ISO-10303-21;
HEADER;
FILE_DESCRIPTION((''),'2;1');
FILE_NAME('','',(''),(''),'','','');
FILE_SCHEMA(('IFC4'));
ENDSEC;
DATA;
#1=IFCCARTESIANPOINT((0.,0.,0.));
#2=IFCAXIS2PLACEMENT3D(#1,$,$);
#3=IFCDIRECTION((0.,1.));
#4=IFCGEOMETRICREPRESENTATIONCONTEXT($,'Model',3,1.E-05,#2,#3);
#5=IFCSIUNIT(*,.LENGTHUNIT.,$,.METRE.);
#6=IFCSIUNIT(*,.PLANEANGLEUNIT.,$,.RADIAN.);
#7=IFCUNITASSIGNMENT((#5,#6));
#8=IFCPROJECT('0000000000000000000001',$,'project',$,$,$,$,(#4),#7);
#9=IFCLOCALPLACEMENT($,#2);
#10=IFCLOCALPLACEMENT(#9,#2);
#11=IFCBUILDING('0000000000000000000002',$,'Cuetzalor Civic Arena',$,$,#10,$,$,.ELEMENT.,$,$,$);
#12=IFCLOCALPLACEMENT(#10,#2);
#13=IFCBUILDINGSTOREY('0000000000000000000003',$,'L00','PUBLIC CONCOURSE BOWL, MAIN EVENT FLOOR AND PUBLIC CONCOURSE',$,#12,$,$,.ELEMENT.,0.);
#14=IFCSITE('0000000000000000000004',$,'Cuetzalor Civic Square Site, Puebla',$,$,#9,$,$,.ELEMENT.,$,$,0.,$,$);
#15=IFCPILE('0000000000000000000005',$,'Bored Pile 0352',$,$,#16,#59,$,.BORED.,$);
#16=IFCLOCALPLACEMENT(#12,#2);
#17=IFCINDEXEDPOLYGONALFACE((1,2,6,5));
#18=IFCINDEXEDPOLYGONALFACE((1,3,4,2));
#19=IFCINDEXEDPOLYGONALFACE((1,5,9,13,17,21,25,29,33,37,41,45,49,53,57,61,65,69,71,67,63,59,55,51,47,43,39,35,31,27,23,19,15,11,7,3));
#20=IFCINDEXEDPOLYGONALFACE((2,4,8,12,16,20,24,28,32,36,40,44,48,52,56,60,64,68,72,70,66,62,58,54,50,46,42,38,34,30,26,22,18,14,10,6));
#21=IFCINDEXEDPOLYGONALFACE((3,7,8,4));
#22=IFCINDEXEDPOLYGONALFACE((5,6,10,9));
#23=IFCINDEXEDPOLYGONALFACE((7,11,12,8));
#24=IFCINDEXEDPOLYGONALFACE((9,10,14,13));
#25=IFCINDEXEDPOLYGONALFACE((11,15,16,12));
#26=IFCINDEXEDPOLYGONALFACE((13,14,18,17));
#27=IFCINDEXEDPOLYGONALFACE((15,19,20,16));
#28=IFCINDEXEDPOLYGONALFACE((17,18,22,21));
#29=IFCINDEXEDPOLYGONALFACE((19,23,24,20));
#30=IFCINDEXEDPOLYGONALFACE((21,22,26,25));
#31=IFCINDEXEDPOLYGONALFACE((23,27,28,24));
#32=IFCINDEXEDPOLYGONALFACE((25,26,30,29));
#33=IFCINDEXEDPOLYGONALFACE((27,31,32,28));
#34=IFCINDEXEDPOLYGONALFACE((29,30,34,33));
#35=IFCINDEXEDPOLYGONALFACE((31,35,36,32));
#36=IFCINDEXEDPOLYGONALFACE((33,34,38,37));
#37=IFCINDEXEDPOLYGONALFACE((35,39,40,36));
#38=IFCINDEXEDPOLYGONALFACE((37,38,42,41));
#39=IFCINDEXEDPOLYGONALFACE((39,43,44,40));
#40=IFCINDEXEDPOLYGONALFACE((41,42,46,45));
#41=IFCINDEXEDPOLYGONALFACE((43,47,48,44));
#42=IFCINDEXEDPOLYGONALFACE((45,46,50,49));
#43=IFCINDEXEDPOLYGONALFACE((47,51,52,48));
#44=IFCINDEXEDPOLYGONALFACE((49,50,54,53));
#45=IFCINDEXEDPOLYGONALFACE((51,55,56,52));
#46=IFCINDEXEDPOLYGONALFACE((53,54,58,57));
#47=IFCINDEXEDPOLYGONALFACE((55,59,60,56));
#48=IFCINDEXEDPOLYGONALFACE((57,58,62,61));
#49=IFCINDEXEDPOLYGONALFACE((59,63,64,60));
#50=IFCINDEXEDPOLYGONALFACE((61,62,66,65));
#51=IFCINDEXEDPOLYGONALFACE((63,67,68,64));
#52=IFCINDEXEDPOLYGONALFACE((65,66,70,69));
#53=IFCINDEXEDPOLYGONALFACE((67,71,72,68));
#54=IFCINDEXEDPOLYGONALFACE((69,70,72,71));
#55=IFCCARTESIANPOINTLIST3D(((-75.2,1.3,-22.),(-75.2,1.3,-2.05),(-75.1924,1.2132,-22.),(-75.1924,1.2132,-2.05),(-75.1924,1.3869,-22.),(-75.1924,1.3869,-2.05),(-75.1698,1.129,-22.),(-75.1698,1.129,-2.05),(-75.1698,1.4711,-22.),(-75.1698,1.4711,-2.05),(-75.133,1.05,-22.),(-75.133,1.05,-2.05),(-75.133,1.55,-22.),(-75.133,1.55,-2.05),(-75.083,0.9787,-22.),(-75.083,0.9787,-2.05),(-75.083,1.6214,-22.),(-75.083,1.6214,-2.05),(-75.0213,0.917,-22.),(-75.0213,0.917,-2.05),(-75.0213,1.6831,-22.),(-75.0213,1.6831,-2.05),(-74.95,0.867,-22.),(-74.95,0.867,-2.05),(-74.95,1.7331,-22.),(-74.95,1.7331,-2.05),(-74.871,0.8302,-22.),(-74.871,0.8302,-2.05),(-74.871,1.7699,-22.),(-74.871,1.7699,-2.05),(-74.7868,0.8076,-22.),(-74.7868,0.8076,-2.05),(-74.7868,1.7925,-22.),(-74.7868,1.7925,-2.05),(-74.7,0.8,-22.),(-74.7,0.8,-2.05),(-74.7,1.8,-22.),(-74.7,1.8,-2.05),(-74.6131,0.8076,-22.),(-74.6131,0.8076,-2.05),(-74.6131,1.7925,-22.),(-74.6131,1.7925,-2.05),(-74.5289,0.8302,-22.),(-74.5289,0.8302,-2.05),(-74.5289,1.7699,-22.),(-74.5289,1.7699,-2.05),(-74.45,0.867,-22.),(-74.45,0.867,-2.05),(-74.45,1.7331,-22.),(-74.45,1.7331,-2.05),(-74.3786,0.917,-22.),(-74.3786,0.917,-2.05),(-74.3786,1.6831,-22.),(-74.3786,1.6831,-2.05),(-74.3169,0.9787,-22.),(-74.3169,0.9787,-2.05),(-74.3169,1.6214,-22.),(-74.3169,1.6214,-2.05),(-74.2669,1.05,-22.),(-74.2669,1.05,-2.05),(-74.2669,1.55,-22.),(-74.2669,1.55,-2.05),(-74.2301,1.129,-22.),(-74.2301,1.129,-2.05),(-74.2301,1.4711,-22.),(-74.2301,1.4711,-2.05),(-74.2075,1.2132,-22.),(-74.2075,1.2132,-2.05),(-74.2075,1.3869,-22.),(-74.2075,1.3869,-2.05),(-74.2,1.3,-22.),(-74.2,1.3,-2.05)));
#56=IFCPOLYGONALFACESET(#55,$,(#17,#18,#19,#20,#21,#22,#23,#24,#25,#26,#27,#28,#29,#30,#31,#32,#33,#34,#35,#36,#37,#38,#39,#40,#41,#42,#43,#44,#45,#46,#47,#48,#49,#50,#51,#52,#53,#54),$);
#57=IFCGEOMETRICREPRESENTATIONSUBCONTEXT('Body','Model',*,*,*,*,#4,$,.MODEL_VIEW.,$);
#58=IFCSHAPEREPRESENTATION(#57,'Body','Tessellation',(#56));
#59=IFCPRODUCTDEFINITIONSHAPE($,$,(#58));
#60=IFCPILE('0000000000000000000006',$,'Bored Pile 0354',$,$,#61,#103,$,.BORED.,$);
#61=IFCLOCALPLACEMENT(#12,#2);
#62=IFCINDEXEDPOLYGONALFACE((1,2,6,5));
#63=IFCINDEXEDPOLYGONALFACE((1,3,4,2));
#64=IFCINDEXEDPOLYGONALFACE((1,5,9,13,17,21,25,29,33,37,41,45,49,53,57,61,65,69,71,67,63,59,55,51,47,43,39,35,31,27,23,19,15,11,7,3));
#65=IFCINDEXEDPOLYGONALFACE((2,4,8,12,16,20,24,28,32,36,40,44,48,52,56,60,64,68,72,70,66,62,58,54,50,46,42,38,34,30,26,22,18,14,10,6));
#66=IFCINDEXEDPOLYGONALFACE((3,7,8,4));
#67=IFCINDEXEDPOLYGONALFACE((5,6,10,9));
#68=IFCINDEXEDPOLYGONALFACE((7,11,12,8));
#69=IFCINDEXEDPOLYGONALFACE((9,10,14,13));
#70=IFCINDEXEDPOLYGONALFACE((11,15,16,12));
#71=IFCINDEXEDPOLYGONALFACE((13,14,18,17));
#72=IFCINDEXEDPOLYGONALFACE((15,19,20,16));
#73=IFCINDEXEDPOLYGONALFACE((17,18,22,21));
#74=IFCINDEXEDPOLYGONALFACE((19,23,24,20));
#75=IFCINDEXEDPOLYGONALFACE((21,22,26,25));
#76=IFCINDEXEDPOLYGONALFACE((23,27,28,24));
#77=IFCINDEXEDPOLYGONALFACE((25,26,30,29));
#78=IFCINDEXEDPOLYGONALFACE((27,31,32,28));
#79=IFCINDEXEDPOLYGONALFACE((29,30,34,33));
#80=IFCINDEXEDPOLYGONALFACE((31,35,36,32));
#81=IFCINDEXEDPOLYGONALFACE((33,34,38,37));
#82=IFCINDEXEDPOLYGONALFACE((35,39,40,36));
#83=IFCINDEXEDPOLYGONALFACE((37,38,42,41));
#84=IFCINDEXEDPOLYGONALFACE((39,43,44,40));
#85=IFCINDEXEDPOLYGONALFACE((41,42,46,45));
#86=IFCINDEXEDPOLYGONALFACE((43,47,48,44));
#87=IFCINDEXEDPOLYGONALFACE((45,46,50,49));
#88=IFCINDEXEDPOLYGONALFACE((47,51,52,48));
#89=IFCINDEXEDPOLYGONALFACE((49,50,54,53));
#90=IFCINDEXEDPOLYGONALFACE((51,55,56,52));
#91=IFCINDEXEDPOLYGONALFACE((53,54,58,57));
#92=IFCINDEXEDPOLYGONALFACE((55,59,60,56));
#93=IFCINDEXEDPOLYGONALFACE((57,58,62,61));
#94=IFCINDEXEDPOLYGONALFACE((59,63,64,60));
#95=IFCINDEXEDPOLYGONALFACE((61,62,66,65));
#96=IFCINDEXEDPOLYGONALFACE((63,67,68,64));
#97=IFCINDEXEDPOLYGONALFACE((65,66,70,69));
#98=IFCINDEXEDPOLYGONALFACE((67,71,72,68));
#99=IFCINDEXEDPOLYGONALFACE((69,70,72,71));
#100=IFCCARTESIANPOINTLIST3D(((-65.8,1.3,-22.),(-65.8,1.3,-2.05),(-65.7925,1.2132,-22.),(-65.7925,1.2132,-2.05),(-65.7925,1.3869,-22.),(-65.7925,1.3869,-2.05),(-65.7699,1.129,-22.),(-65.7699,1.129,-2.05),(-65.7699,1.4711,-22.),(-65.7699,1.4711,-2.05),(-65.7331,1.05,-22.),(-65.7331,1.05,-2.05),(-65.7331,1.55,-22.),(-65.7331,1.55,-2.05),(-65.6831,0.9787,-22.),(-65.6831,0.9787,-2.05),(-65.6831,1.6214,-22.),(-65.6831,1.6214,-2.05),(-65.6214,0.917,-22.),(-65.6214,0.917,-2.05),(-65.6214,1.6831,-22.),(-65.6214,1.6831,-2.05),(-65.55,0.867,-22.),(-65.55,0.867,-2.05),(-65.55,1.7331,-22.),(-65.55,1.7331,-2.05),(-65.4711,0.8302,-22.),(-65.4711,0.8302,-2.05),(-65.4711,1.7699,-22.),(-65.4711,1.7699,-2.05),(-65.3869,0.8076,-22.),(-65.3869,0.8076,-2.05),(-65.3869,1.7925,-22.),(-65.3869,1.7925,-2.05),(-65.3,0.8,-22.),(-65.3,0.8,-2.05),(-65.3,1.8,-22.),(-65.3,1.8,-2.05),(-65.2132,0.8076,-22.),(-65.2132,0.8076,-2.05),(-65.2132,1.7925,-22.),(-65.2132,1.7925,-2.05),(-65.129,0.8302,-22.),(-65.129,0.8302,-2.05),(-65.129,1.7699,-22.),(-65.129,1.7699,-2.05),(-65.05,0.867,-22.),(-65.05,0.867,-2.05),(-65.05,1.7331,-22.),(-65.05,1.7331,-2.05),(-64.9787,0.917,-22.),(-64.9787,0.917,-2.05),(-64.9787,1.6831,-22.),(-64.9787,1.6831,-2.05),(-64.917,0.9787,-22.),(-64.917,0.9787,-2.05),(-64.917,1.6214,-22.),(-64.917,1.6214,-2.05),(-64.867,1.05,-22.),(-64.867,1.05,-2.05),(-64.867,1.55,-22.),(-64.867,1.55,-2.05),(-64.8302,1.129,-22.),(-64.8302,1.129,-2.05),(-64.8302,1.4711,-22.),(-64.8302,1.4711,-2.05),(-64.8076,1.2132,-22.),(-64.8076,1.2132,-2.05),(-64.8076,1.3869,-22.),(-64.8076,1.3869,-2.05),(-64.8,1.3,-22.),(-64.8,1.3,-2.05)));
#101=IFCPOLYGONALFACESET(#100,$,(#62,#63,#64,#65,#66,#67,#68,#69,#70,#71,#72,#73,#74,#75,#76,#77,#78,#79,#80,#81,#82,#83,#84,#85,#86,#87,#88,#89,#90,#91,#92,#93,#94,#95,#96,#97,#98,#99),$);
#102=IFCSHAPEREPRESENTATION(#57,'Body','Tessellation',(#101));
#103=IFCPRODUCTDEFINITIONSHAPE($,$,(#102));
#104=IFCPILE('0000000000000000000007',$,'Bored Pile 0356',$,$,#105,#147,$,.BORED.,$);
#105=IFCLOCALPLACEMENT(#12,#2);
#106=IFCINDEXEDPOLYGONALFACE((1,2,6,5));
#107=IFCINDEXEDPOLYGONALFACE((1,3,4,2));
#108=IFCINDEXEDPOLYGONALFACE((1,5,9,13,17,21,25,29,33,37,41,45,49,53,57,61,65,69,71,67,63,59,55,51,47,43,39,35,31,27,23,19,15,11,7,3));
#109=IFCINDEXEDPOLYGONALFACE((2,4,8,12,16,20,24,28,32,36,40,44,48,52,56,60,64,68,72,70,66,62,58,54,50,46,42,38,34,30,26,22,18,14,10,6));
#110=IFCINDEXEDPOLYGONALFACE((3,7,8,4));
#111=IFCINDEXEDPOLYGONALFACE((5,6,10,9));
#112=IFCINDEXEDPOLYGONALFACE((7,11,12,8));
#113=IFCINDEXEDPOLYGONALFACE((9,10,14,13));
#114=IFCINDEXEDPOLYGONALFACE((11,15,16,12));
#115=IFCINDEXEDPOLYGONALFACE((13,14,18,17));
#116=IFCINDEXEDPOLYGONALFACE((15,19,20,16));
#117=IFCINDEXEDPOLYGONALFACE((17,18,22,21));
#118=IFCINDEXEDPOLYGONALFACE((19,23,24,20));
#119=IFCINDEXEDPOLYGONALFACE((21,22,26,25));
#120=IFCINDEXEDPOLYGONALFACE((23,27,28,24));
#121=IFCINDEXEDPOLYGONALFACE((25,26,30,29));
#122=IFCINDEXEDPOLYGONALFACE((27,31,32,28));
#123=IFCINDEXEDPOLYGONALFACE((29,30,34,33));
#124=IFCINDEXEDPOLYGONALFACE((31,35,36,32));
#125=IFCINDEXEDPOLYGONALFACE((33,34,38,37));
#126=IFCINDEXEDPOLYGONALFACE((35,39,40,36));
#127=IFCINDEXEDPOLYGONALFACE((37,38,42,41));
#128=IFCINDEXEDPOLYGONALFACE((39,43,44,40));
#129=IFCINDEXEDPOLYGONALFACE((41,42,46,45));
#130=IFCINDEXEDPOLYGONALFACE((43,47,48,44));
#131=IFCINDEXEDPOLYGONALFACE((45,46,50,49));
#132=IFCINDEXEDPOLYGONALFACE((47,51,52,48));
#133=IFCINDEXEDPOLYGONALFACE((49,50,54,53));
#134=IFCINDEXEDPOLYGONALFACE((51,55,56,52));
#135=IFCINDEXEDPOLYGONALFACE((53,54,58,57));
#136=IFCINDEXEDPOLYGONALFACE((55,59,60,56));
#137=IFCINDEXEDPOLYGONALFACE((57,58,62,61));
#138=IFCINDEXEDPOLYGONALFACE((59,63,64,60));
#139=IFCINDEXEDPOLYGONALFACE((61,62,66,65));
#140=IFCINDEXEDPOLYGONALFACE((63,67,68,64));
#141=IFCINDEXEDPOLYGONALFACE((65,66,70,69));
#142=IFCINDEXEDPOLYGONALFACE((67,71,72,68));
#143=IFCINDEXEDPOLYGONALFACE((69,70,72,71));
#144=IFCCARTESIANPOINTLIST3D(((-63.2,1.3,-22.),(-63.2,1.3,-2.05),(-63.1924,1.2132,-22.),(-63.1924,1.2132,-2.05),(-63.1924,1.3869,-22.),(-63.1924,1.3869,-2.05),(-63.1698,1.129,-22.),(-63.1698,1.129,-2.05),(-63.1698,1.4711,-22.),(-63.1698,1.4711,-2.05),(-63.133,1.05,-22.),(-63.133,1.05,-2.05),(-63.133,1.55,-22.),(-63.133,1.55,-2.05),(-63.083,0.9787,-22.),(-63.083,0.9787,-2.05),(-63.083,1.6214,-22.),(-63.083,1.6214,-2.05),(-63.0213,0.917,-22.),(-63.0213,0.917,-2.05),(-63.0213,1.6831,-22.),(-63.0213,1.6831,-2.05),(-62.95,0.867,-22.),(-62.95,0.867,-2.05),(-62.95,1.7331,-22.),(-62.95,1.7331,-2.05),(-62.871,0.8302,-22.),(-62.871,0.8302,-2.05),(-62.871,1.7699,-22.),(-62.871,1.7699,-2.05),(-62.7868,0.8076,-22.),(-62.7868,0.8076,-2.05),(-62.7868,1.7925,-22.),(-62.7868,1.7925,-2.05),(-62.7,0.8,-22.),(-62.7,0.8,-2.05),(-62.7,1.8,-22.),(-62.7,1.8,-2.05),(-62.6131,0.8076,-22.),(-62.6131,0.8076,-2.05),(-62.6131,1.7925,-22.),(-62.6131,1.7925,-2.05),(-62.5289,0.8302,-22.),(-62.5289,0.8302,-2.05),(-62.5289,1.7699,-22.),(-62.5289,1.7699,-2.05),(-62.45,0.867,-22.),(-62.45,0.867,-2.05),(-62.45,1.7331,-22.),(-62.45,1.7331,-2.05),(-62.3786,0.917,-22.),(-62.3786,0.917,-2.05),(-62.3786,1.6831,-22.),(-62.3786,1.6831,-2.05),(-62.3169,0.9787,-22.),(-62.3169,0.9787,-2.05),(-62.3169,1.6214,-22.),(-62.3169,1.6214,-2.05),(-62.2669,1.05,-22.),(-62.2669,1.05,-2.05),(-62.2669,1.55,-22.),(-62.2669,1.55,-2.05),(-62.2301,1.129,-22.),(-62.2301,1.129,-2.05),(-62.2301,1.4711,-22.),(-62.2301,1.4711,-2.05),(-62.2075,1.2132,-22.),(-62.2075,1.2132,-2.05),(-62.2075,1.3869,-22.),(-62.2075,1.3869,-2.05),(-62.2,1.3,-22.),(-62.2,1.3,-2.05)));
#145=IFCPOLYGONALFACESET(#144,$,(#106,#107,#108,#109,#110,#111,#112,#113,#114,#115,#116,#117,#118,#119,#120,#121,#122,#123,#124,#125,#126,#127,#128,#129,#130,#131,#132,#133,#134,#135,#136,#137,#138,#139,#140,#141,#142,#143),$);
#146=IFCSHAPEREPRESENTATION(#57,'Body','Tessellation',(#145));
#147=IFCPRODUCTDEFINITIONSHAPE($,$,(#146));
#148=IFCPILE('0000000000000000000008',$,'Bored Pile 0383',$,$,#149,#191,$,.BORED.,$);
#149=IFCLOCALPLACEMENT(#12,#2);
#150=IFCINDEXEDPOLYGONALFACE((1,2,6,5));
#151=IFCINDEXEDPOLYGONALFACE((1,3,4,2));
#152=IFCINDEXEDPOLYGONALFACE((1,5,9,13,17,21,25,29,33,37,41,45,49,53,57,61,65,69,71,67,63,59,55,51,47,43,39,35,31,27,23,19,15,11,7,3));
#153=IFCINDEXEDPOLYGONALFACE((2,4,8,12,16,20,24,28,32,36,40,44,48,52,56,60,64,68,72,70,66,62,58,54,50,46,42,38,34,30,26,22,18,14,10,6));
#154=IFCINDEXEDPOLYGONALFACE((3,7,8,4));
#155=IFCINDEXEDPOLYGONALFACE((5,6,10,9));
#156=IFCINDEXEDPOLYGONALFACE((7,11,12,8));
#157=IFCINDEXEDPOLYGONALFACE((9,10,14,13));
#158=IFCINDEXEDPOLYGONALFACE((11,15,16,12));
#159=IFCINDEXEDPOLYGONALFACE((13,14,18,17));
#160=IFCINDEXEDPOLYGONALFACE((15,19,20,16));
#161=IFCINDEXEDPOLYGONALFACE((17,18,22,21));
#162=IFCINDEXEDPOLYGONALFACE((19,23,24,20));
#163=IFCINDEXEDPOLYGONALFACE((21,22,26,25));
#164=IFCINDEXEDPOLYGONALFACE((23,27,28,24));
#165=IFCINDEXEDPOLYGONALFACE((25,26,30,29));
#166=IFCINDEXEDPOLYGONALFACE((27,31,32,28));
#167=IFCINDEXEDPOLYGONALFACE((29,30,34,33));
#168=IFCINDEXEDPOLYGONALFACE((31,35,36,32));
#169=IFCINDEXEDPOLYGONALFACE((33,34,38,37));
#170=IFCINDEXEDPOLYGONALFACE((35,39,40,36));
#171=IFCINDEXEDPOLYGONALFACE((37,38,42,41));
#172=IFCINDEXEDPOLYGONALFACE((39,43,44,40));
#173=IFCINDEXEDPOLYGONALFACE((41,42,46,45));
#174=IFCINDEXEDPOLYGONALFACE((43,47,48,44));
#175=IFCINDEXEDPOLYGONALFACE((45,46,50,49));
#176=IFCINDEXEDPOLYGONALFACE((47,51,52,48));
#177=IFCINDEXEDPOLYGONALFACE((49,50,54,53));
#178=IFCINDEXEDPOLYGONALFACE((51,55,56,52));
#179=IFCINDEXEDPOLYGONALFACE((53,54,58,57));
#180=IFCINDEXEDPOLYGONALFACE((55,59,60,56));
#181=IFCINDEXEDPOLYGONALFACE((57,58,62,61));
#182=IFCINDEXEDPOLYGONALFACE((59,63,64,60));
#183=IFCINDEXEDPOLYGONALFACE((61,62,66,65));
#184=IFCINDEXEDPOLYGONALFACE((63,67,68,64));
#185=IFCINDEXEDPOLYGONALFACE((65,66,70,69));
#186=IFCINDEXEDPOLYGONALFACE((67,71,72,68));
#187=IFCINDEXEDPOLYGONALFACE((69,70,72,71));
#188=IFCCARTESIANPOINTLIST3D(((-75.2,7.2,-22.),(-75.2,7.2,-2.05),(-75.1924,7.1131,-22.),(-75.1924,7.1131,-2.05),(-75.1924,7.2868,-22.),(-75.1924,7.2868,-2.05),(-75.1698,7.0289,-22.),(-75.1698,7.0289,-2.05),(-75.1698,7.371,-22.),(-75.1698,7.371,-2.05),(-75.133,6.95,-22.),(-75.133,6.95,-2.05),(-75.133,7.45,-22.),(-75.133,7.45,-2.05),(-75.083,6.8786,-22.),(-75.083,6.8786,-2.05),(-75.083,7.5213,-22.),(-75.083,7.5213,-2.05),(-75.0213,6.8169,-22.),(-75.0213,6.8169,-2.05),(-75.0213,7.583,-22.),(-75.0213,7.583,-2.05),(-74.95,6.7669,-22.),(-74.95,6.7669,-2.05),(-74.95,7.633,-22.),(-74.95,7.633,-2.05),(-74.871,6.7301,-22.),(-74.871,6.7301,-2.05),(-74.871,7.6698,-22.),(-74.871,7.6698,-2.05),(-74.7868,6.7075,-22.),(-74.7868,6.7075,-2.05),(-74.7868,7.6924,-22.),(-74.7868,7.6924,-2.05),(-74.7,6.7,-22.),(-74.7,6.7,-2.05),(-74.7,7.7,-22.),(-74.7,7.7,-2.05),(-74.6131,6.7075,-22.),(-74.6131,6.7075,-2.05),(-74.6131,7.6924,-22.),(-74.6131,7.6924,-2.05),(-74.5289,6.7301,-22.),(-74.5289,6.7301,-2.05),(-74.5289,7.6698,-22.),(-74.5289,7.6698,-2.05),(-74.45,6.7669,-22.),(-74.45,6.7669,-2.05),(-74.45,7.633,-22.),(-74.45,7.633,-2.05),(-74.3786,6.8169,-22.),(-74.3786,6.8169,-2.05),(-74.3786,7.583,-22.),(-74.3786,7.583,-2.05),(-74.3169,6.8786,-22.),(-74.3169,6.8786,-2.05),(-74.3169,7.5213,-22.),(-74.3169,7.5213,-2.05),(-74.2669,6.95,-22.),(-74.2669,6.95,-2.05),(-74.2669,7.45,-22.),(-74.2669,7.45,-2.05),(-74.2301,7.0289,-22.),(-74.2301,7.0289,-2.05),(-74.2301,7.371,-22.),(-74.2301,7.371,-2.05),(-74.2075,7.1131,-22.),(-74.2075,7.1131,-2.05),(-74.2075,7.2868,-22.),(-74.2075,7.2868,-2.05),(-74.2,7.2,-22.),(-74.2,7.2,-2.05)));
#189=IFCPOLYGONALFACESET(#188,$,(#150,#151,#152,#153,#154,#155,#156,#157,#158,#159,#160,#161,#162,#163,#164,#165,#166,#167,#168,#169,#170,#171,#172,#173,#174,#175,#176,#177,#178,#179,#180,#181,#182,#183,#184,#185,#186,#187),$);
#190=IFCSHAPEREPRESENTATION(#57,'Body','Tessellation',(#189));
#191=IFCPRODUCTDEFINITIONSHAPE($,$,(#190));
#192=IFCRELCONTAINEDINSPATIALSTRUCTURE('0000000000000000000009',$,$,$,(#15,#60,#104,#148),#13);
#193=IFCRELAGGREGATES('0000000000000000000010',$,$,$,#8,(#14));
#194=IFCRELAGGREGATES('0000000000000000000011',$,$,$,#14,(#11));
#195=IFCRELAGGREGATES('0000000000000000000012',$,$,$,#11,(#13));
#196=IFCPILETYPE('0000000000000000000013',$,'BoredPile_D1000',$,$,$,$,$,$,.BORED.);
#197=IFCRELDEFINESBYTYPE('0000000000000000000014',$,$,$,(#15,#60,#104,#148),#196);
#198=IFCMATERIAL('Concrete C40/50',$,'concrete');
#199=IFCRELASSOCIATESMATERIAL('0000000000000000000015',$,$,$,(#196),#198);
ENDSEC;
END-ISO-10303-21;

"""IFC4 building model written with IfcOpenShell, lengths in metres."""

from ifc_helpers import new_model, si_unit, direction, frame, origin, origin_2d, place, context, subcontext, project, spatial, circle, extrude, material, material_profile, profile_set, type_object, element, save


model = new_model("IFC4")

# Units and contexts
model_context = context("Model", 3, precision=1e-05, world=origin(), true_north=direction((0.0, 1.0)))
body_context = subcontext(model_context, "Body", "Model", "MODEL_VIEW")
ifc_project = project(units=[si_unit("LENGTHUNIT", "METRE"), si_unit("PLANEANGLEUNIT", "RADIAN")], contexts=[model_context])

# Site, building, storey
site_placement = place(None, origin())
site = spatial("IfcSite", under=ifc_project, at=site_placement, Name="Cuetzalor Civic Square Site, Puebla", CompositionType="ELEMENT", RefElevation=0.0)
building_placement = place(site_placement, origin())
building = spatial("IfcBuilding", under=site, at=building_placement, Name="Cuetzalor Civic Arena", CompositionType="ELEMENT")
storey_placement = place(building_placement, origin())
storey = spatial("IfcBuildingStorey", under=building, at=storey_placement, Name="L00", Description="PUBLIC CONCOURSE BOWL, MAIN EVENT FLOOR AND PUBLIC CONCOURSE", CompositionType="ELEMENT", Elevation=0.0)

# Piles
ifc_material_1 = material(Name="Concrete C40/50", Category="concrete")
ifc_material_profile_1 = material_profile(ifc_material_1, circle(Radius=0.5, at=origin_2d()), Name="BORED PILE D1000")
ifc_profile_set_1 = profile_set([ifc_material_profile_1], Name="Concrete C40/50")
pile_type = type_object("IfcPileType", Name="BoredPile_D1000", PredefinedType="BORED", material=ifc_profile_set_1)
for number, where, z_axis, x_axis, name in (
    (1, (-74.7, 1.3, -2.05), (0.0, 0.0, -1.0), (1.0, 0.0, 0.0), "Bored Pile 0352"),
    (2, (-65.3, 1.3, -2.05), (0.0, 0.0, -1.0), (1.0, 0.0, 0.0), "Bored Pile 0354"),
    (3, (-62.7, 1.3, -2.05), (0.0, 0.0, -1.0), (1.0, 0.0, 0.0), "Bored Pile 0356"),
    (4, (-74.7, 7.2, -2.05), (0.0, 0.0, -1.0), (1.0, 0.0, 0.0), "Bored Pile 0383"),
):
    element("IfcPile", number, at=place(storey_placement, frame(where, z_axis=z_axis, x_axis=x_axis)), inside=storey, type_object=pile_type, Name=name, PredefinedType="BORED", context=body_context, shape_type="SweptSolid", body=[
        extrude(circle(Radius=0.5, at=origin_2d()), origin(), (0.0, 0.0, 1.0), 19.95),
    ])

save(model, "model.ifc")
